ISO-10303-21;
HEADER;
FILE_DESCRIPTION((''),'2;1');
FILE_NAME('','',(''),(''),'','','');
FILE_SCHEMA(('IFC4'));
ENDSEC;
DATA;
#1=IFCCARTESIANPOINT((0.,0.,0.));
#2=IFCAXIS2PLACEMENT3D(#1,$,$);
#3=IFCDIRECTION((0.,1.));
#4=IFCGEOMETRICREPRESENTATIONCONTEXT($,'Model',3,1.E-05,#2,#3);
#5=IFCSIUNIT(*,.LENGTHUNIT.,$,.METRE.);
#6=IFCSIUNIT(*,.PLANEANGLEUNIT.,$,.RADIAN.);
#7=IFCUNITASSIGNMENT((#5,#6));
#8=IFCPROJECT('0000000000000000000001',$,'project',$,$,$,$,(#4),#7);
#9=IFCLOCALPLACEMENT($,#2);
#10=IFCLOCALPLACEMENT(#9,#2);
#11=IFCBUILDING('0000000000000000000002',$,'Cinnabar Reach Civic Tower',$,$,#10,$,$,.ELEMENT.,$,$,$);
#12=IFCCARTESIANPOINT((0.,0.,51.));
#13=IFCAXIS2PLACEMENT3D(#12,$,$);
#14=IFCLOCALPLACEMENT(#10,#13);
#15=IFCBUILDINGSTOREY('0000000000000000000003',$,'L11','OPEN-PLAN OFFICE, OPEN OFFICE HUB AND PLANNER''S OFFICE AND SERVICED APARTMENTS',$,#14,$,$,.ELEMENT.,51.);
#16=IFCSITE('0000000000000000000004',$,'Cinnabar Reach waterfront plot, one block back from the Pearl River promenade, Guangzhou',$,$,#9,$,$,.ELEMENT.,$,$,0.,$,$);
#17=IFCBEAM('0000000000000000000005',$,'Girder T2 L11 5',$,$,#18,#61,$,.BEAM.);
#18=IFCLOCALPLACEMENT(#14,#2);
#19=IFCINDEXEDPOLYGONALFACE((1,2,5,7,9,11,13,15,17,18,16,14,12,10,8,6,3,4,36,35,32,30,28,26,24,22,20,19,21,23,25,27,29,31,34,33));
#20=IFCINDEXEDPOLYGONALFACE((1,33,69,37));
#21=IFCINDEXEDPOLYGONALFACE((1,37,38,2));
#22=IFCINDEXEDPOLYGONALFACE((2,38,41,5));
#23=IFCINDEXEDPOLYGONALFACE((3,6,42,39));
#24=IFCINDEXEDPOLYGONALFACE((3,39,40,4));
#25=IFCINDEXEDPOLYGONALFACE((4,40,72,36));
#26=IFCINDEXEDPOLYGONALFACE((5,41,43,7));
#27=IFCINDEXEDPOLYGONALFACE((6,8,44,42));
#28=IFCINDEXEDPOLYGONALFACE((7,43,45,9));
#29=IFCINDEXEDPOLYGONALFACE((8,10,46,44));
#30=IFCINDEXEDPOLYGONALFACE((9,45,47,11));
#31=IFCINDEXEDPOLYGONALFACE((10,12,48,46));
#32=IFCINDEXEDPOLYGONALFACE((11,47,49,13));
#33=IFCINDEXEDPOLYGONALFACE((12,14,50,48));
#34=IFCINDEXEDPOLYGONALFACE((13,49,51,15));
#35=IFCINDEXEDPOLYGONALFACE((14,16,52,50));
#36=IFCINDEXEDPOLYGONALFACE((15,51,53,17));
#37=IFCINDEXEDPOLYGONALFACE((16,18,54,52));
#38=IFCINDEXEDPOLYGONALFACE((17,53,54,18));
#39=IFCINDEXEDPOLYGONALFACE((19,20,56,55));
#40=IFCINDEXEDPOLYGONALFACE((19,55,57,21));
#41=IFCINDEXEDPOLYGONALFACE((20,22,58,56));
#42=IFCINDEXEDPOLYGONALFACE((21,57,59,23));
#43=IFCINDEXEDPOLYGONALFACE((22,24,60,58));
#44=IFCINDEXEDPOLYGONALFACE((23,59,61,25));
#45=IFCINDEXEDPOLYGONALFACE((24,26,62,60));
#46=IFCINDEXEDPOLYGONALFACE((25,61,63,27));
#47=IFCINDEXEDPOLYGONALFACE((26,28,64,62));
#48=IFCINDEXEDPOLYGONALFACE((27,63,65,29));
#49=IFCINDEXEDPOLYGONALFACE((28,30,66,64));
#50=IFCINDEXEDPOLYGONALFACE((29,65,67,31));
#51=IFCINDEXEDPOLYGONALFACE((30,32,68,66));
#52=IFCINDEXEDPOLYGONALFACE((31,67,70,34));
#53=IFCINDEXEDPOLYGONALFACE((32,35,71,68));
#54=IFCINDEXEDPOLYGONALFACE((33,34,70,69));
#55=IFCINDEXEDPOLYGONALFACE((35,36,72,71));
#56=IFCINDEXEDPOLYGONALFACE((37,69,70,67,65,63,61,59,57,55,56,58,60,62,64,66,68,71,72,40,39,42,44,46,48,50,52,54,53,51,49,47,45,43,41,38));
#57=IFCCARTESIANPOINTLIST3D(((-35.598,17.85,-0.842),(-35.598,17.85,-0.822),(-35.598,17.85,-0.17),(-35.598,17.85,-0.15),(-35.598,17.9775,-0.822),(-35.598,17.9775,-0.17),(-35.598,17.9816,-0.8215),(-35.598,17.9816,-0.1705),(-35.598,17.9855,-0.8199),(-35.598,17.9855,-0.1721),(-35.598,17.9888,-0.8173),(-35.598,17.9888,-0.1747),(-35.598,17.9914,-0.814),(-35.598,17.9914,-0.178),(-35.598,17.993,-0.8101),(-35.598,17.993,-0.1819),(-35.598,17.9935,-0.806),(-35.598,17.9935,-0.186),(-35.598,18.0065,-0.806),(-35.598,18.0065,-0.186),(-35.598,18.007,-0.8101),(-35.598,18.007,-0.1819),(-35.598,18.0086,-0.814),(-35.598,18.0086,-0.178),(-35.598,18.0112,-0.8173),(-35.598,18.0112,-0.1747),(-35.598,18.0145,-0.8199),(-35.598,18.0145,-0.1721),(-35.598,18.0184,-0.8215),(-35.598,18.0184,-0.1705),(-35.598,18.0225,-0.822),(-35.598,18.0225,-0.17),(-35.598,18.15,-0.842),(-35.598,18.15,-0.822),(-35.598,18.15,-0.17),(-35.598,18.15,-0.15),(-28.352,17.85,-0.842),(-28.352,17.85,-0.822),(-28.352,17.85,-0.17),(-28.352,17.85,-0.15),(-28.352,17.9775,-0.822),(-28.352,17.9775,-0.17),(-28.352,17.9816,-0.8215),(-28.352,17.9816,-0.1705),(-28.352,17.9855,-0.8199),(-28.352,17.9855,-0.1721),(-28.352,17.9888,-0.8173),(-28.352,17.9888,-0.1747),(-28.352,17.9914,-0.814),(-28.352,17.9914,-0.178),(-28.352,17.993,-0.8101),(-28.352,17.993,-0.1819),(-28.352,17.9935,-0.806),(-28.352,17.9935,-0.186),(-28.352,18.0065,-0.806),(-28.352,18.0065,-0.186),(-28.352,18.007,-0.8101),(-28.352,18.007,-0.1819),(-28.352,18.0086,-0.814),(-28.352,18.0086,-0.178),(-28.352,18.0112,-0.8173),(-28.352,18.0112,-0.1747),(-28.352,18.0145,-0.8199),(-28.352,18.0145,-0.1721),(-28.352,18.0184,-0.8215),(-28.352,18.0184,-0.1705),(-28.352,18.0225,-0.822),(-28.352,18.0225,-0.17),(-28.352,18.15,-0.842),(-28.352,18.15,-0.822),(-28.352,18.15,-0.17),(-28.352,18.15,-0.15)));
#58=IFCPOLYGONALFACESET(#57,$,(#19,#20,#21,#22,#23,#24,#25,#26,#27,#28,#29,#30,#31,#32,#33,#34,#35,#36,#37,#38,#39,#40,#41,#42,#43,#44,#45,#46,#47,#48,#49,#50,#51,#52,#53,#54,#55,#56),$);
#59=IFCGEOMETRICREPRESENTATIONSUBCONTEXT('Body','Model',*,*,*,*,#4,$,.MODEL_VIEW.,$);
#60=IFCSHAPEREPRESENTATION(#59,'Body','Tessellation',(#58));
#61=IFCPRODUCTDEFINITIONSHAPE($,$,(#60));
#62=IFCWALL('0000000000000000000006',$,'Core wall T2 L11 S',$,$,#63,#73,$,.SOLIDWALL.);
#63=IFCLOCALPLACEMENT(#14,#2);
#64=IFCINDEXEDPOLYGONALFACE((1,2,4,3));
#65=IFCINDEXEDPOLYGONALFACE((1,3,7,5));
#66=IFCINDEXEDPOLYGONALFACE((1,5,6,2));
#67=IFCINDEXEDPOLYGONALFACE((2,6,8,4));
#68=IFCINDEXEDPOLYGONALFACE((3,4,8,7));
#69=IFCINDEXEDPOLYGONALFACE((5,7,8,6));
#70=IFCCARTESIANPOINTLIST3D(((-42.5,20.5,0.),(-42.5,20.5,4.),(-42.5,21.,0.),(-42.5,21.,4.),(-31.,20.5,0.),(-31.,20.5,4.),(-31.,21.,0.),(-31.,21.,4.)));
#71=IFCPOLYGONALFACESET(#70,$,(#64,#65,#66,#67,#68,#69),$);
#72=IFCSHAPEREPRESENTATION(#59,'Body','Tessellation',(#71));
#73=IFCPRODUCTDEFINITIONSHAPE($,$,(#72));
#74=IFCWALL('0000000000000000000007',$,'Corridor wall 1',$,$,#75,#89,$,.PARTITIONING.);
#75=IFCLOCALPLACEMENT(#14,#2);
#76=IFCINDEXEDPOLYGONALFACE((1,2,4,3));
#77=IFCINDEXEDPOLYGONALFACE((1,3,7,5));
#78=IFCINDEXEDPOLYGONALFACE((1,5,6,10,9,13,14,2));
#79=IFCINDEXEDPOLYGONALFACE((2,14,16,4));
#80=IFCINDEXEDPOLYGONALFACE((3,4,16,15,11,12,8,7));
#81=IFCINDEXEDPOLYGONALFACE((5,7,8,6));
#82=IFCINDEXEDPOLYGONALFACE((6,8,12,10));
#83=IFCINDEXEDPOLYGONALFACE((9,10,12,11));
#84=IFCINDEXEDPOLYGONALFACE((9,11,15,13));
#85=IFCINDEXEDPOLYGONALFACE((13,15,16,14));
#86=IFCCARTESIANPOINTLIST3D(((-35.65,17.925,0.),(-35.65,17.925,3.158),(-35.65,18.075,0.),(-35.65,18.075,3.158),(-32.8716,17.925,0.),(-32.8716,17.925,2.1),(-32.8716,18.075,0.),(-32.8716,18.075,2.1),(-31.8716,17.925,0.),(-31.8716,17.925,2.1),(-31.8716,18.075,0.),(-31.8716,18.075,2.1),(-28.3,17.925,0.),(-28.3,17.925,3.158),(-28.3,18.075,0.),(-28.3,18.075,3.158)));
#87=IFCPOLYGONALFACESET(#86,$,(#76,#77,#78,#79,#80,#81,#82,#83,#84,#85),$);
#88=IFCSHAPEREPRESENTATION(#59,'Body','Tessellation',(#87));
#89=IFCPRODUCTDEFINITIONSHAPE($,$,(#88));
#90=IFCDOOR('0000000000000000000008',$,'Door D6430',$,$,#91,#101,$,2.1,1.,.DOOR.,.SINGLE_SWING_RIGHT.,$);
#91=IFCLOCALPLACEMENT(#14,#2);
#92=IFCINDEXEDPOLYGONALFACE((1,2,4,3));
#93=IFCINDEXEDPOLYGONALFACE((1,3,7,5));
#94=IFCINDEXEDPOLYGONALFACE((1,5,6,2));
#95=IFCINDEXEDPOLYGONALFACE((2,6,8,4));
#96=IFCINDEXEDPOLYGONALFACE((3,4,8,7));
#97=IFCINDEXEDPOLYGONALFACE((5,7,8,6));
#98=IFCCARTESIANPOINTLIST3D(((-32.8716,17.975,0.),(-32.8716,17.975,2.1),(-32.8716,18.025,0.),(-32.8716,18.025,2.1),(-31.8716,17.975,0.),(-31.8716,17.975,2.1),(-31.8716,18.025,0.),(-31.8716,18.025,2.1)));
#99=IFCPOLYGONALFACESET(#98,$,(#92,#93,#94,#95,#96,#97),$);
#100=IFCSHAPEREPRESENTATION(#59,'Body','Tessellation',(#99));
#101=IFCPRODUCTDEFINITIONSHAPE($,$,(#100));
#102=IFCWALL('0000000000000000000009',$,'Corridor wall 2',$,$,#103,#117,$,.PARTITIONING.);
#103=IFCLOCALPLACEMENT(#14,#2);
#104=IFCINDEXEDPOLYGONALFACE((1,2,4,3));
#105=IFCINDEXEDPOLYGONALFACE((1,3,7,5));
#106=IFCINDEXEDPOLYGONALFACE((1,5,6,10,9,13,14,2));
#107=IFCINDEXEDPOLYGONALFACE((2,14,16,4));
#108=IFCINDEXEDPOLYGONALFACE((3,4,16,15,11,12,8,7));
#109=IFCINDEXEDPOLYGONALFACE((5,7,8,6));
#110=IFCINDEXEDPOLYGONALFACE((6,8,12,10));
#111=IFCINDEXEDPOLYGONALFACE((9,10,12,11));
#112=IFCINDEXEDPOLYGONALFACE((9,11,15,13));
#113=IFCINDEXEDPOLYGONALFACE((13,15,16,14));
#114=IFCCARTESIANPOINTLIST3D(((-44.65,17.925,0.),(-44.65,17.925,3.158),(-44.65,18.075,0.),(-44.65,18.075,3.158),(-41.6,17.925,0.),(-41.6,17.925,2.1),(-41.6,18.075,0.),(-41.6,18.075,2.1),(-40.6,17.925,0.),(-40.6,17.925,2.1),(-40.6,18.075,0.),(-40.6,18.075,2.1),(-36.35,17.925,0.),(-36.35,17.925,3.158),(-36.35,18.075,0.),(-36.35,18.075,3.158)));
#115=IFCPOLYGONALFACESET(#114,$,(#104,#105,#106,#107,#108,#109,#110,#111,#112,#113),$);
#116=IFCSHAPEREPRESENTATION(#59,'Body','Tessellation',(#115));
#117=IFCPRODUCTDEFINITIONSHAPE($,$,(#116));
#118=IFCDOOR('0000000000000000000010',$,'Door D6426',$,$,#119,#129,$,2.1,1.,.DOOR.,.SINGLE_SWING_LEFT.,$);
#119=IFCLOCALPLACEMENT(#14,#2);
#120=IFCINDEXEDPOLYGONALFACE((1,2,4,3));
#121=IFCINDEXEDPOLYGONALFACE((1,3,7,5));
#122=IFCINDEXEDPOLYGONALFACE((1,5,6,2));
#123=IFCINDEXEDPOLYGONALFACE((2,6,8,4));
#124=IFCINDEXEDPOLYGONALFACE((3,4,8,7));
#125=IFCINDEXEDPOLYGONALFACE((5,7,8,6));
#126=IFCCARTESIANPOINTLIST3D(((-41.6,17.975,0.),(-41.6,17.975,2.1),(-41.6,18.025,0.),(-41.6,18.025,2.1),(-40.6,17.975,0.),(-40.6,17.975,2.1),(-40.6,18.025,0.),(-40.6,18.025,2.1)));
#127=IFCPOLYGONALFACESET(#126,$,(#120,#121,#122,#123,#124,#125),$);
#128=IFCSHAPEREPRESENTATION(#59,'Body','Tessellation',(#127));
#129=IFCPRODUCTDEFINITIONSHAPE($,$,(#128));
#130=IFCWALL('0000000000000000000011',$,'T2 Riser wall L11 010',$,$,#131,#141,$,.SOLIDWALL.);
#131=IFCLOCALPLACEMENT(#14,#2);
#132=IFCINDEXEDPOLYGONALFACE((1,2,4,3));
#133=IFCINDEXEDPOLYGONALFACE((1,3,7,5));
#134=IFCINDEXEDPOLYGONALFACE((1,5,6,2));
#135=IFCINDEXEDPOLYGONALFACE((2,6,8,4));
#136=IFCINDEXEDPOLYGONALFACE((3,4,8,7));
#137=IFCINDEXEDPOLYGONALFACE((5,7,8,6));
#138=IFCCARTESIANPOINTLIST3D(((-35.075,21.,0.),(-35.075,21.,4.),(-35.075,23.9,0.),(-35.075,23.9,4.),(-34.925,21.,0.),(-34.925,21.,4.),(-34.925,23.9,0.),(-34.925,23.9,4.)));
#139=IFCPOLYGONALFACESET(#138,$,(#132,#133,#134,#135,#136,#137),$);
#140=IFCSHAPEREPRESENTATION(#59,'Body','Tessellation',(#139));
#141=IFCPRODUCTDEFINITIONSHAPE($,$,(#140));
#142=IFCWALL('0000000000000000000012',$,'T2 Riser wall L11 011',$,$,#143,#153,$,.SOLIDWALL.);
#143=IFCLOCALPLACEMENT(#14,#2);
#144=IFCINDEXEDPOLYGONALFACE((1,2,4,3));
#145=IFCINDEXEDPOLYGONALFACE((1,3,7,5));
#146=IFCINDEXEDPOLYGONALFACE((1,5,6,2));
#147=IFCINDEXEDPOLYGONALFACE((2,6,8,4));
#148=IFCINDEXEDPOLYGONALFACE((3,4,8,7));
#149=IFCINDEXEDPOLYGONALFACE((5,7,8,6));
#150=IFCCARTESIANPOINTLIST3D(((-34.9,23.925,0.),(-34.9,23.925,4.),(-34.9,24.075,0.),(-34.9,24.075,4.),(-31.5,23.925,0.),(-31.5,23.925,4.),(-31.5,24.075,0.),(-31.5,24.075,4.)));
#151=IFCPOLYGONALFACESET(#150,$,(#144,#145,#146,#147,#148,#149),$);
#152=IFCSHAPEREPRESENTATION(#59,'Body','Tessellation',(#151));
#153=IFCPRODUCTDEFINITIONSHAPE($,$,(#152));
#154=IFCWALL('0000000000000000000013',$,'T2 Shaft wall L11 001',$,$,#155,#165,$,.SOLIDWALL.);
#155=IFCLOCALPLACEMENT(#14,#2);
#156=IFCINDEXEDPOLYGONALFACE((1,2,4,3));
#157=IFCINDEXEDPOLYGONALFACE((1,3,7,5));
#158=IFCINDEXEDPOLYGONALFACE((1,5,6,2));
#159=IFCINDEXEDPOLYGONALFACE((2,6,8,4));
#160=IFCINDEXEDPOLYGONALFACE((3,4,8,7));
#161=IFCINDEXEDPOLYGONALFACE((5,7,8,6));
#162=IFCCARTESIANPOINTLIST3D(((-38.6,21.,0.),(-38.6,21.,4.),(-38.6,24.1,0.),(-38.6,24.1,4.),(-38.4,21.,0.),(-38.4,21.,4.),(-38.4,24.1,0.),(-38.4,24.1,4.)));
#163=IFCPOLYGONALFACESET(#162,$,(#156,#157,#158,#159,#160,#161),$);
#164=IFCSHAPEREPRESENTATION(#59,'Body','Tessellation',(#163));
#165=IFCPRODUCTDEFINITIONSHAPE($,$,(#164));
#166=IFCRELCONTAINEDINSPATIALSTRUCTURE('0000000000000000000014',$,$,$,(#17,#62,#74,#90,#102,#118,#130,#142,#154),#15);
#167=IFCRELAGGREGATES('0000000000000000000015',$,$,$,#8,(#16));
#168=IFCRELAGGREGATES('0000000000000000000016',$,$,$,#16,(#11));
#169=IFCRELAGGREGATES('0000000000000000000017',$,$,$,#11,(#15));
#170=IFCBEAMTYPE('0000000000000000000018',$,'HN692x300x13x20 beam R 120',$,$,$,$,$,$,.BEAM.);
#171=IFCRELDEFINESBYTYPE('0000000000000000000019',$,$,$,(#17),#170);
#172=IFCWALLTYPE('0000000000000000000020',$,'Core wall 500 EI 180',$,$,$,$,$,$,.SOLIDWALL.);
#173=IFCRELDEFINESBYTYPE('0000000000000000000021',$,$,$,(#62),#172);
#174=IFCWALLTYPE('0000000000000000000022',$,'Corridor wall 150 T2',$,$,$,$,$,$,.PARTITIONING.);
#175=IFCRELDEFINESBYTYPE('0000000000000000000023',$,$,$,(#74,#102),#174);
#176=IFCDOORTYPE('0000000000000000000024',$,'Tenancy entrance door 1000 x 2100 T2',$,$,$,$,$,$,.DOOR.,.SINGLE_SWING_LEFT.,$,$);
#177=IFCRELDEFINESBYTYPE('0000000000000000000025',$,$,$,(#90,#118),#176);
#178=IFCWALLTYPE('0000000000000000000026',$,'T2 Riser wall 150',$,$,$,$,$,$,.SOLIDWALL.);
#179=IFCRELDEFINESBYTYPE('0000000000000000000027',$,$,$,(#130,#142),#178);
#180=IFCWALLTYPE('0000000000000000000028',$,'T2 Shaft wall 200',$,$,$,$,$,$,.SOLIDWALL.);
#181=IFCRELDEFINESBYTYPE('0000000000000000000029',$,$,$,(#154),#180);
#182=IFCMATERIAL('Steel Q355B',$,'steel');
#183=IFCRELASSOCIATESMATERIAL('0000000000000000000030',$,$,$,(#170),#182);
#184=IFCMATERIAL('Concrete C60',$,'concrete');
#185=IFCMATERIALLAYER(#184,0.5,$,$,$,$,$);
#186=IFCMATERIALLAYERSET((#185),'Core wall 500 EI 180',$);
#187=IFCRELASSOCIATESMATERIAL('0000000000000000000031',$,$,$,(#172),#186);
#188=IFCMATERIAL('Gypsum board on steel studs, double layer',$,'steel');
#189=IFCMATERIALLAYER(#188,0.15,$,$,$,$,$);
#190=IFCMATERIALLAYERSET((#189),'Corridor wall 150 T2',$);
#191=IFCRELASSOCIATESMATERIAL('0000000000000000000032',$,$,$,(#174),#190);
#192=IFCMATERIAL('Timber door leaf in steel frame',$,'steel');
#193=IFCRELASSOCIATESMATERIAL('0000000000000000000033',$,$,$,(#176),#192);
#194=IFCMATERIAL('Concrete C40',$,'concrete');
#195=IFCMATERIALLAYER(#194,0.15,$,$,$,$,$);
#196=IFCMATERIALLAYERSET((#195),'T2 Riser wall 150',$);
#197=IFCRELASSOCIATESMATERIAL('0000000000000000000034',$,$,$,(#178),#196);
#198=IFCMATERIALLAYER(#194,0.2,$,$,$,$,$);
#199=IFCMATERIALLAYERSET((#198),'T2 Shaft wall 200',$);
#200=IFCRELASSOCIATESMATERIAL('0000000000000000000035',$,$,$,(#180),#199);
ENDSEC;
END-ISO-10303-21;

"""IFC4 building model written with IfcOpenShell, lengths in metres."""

from ifc_helpers import new_model, si_unit, direction, frame, frame_2d, origin, origin_2d, place, context, subcontext, project, spatial, rectangle, i_section, extrude, material, layer, layer_set, material_profile, profile_set, type_object, element, fill, save


model = new_model("IFC4")

# Units and contexts
model_context = context("Model", 3, precision=1e-05, world=origin(), true_north=direction((0.0, 1.0)))
body_context = subcontext(model_context, "Body", "Model", "MODEL_VIEW")
ifc_project = project(units=[si_unit("LENGTHUNIT", "METRE"), si_unit("PLANEANGLEUNIT", "RADIAN")], contexts=[model_context])

# Site, building, storey
site_placement = place(None, origin())
site = spatial("IfcSite", under=ifc_project, at=site_placement, Name="Cinnabar Reach waterfront plot, one block back from the Pearl River promenade, Guangzhou", CompositionType="ELEMENT", RefElevation=0.0)
building_placement = place(site_placement, origin())
building = spatial("IfcBuilding", under=site, at=building_placement, Name="Cinnabar Reach Civic Tower", CompositionType="ELEMENT")
storey_placement = place(building_placement, frame((0.0, 0.0, 51.0)))
storey = spatial("IfcBuildingStorey", under=building, at=storey_placement, Name="L11", Description="OPEN-PLAN OFFICE, OPEN OFFICE HUB AND PLANNER'S OFFICE AND SERVICED APARTMENTS", CompositionType="ELEMENT", Elevation=51.0)

# Shared definitions
ifc_material_1 = material(Name="Concrete C60", Category="concrete")

# Beam
ifc_material_2 = material(Name="Steel Q355B", Category="steel")
ifc_material_profile_1 = material_profile(ifc_material_2, i_section(OverallWidth=0.3, OverallDepth=0.692, WebThickness=0.013, FlangeThickness=0.02, FilletRadius=0.016, at=origin_2d()), Name="HN692x300x13x20")
ifc_profile_set_1 = profile_set([ifc_material_profile_1], Name="Steel Q355B")
beam_type_1 = type_object("IfcBeamType", Name="HN692x300x13x20 beam R 120", PredefinedType="BEAM", material=ifc_profile_set_1)
beam_1_placement = place(storey_placement, frame((-35.598, 18.0, -0.496), z_axis=(1.0, 0.0, 0.0), x_axis=(0.0, 1.0, 0.0)))
element("IfcBeam", 1, at=beam_1_placement, inside=storey, type_object=beam_type_1, Name="Girder T2 L11 5", PredefinedType="BEAM", context=body_context, shape_type="SweptSolid", body=[
    extrude(i_section(OverallWidth=0.3, OverallDepth=0.692, WebThickness=0.013, FlangeThickness=0.02, FilletRadius=0.016, at=origin_2d()), origin(), (0.0, 0.0, 1.0), 7.246),
])

# Wall
ifc_layer_1 = layer(ifc_material_1, 0.5)
ifc_layer_set_1 = layer_set([ifc_layer_1], Name="Core wall 500 EI 180")
wall_type_1 = type_object("IfcWallType", Name="Core wall 500 EI 180", PredefinedType="SOLIDWALL", material=ifc_layer_set_1)
wall_1_placement = place(storey_placement, frame((-42.5, 20.75, 0.0), z_axis=(0.0, 0.0, 1.0), x_axis=(1.0, 0.0, 0.0)))
element("IfcWall", 2, at=wall_1_placement, inside=storey, type_object=wall_type_1, Name="Core wall T2 L11 S", PredefinedType="SOLIDWALL", context=body_context, shape_type="SweptSolid", body=[
    extrude(rectangle(XDim=11.5, YDim=0.5, at=frame_2d((5.75, 0.0))), origin(), (0.0, 0.0, 1.0), 4.0),
])

# Walls, openings, doors
ifc_material_3 = material(Name="Gypsum board on steel studs, double layer", Category="steel")
ifc_layer_2 = layer(ifc_material_3, 0.15)
ifc_layer_set_2 = layer_set([ifc_layer_2], Name="Corridor wall 150 T2")
wall_type_2 = type_object("IfcWallType", Name="Corridor wall 150 T2", PredefinedType="PARTITIONING", material=ifc_layer_set_2)
wall_2_placement = place(storey_placement, frame((-35.65, 18.0, 0.0), z_axis=(0.0, 0.0, 1.0), x_axis=(1.0, 0.0, 0.0)))
wall_2 = element("IfcWall", 3, at=wall_2_placement, inside=storey, type_object=wall_type_2, Name="Corridor wall 1", PredefinedType="PARTITIONING", context=body_context, shape_type="SweptSolid", body=[
    extrude(rectangle(XDim=7.35, YDim=0.15, at=frame_2d((3.675, 0.0))), origin(), (0.0, 0.0, 1.0), 3.158),
])
opening_1_placement = place(wall_2_placement, frame((2.7784, 0.0, 0.0)))
opening_1 = element("IfcOpeningElement", 4, at=opening_1_placement, cuts=wall_2, PredefinedType="OPENING", context=body_context, shape_type="SweptSolid", body=[
    extrude(rectangle(XDim=1.0, YDim=2.1, at=frame_2d((0.5, 1.05))), frame((0.0, 0.085, 0.0), z_axis=(0.0, -1.0, 0.0), x_axis=(1.0, 0.0, 0.0)), (0.0, 0.0, 1.0), 0.17),
])
ifc_material_4 = material(Name="Timber door leaf in steel frame", Category="steel")
door_type_1 = type_object("IfcDoorType", Name="Tenancy entrance door 1000 x 2100 T2", OperationType="SINGLE_SWING_LEFT", PredefinedType="DOOR", material=ifc_material_4)
door_1_placement = place(opening_1_placement, frame((1.0, 0.0, 0.0), z_axis=(0.0, 0.0, 1.0), x_axis=(-1.0, 0.0, 0.0)))
door_1 = element("IfcDoor", 5, at=door_1_placement, inside=storey, type_object=door_type_1, Name="Door D6430", OperationType="SINGLE_SWING_RIGHT", OverallHeight=2.1, OverallWidth=1.0, PredefinedType="DOOR", context=body_context, shape_type="SweptSolid", body=[
    extrude(rectangle(XDim=1.0, YDim=2.1, at=frame_2d((0.5, 1.05))), frame((0.0, 0.025, 0.0), z_axis=(0.0, -1.0, 0.0), x_axis=(1.0, 0.0, 0.0)), (0.0, 0.0, 1.0), 0.05),
])
fill(opening_1, door_1)
wall_3_placement = place(storey_placement, frame((-44.65, 18.0, 0.0), z_axis=(0.0, 0.0, 1.0), x_axis=(1.0, 0.0, 0.0)))
wall_3 = element("IfcWall", 6, at=wall_3_placement, inside=storey, type_object=wall_type_2, Name="Corridor wall 2", PredefinedType="PARTITIONING", context=body_context, shape_type="SweptSolid", body=[
    extrude(rectangle(XDim=8.3, YDim=0.15, at=frame_2d((4.15, 0.0))), origin(), (0.0, 0.0, 1.0), 3.158),
])
opening_2_placement = place(wall_3_placement, frame((3.05, 0.0, 0.0)))
opening_2 = element("IfcOpeningElement", 7, at=opening_2_placement, cuts=wall_3, PredefinedType="OPENING", context=body_context, shape_type="SweptSolid", body=[
    extrude(rectangle(XDim=1.0, YDim=2.1, at=frame_2d((0.5, 1.05))), frame((0.0, 0.085, 0.0), z_axis=(0.0, -1.0, 0.0), x_axis=(1.0, 0.0, 0.0)), (0.0, 0.0, 1.0), 0.17),
])
door_2_placement = place(opening_2_placement, frame((1.0, 0.0, 0.0), z_axis=(0.0, 0.0, 1.0), x_axis=(-1.0, 0.0, 0.0)))
door_2 = element("IfcDoor", 8, at=door_2_placement, inside=storey, type_object=door_type_1, Name="Door D6426", OperationType="SINGLE_SWING_LEFT", OverallHeight=2.1, OverallWidth=1.0, PredefinedType="DOOR", context=body_context, shape_type="SweptSolid", body=[
    extrude(rectangle(XDim=1.0, YDim=2.1, at=frame_2d((0.5, 1.05))), frame((0.0, 0.025, 0.0), z_axis=(0.0, -1.0, 0.0), x_axis=(1.0, 0.0, 0.0)), (0.0, 0.0, 1.0), 0.05),
])
fill(opening_2, door_2)

# Walls
ifc_material_5 = material(Name="Concrete C40", Category="concrete")
ifc_layer_3 = layer(ifc_material_5, 0.15)
ifc_layer_set_3 = layer_set([ifc_layer_3], Name="T2 Riser wall 150")
wall_type_3 = type_object("IfcWallType", Name="T2 Riser wall 150", PredefinedType="SOLIDWALL", material=ifc_layer_set_3)
wall_4_placement = place(storey_placement, frame((-35.0, 21.0, 0.0), z_axis=(0.0, 0.0, 1.0), x_axis=(0.0, 1.0, 0.0)))
element("IfcWall", 9, at=wall_4_placement, inside=storey, type_object=wall_type_3, Name="T2 Riser wall L11 010", PredefinedType="SOLIDWALL", context=body_context, shape_type="SweptSolid", body=[
    extrude(rectangle(XDim=2.9, YDim=0.15, at=frame_2d((1.45, 0.0))), origin(), (0.0, 0.0, 1.0), 4.0),
])
wall_5_placement = place(storey_placement, frame((-31.5, 24.0, 0.0), z_axis=(0.0, 0.0, 1.0), x_axis=(-1.0, 0.0, 0.0)))
element("IfcWall", 10, at=wall_5_placement, inside=storey, type_object=wall_type_3, Name="T2 Riser wall L11 011", PredefinedType="SOLIDWALL", context=body_context, shape_type="SweptSolid", body=[
    extrude(rectangle(XDim=3.4, YDim=0.15, at=frame_2d((1.7, 0.0))), origin(), (0.0, 0.0, 1.0), 4.0),
])
ifc_layer_4 = layer(ifc_material_5, 0.2)
ifc_layer_set_4 = layer_set([ifc_layer_4], Name="T2 Shaft wall 200")
wall_type_4 = type_object("IfcWallType", Name="T2 Shaft wall 200", PredefinedType="SOLIDWALL", material=ifc_layer_set_4)
wall_6_placement = place(storey_placement, frame((-38.5, 21.0, 0.0), z_axis=(0.0, 0.0, 1.0), x_axis=(0.0, 1.0, 0.0)))
element("IfcWall", 11, at=wall_6_placement, inside=storey, type_object=wall_type_4, Name="T2 Shaft wall L11 001", PredefinedType="SOLIDWALL", context=body_context, shape_type="SweptSolid", body=[
    extrude(rectangle(XDim=3.1, YDim=0.2, at=frame_2d((1.55, 0.0))), origin(), (0.0, 0.0, 1.0), 4.0),
])

save(model, "model.ifc")
